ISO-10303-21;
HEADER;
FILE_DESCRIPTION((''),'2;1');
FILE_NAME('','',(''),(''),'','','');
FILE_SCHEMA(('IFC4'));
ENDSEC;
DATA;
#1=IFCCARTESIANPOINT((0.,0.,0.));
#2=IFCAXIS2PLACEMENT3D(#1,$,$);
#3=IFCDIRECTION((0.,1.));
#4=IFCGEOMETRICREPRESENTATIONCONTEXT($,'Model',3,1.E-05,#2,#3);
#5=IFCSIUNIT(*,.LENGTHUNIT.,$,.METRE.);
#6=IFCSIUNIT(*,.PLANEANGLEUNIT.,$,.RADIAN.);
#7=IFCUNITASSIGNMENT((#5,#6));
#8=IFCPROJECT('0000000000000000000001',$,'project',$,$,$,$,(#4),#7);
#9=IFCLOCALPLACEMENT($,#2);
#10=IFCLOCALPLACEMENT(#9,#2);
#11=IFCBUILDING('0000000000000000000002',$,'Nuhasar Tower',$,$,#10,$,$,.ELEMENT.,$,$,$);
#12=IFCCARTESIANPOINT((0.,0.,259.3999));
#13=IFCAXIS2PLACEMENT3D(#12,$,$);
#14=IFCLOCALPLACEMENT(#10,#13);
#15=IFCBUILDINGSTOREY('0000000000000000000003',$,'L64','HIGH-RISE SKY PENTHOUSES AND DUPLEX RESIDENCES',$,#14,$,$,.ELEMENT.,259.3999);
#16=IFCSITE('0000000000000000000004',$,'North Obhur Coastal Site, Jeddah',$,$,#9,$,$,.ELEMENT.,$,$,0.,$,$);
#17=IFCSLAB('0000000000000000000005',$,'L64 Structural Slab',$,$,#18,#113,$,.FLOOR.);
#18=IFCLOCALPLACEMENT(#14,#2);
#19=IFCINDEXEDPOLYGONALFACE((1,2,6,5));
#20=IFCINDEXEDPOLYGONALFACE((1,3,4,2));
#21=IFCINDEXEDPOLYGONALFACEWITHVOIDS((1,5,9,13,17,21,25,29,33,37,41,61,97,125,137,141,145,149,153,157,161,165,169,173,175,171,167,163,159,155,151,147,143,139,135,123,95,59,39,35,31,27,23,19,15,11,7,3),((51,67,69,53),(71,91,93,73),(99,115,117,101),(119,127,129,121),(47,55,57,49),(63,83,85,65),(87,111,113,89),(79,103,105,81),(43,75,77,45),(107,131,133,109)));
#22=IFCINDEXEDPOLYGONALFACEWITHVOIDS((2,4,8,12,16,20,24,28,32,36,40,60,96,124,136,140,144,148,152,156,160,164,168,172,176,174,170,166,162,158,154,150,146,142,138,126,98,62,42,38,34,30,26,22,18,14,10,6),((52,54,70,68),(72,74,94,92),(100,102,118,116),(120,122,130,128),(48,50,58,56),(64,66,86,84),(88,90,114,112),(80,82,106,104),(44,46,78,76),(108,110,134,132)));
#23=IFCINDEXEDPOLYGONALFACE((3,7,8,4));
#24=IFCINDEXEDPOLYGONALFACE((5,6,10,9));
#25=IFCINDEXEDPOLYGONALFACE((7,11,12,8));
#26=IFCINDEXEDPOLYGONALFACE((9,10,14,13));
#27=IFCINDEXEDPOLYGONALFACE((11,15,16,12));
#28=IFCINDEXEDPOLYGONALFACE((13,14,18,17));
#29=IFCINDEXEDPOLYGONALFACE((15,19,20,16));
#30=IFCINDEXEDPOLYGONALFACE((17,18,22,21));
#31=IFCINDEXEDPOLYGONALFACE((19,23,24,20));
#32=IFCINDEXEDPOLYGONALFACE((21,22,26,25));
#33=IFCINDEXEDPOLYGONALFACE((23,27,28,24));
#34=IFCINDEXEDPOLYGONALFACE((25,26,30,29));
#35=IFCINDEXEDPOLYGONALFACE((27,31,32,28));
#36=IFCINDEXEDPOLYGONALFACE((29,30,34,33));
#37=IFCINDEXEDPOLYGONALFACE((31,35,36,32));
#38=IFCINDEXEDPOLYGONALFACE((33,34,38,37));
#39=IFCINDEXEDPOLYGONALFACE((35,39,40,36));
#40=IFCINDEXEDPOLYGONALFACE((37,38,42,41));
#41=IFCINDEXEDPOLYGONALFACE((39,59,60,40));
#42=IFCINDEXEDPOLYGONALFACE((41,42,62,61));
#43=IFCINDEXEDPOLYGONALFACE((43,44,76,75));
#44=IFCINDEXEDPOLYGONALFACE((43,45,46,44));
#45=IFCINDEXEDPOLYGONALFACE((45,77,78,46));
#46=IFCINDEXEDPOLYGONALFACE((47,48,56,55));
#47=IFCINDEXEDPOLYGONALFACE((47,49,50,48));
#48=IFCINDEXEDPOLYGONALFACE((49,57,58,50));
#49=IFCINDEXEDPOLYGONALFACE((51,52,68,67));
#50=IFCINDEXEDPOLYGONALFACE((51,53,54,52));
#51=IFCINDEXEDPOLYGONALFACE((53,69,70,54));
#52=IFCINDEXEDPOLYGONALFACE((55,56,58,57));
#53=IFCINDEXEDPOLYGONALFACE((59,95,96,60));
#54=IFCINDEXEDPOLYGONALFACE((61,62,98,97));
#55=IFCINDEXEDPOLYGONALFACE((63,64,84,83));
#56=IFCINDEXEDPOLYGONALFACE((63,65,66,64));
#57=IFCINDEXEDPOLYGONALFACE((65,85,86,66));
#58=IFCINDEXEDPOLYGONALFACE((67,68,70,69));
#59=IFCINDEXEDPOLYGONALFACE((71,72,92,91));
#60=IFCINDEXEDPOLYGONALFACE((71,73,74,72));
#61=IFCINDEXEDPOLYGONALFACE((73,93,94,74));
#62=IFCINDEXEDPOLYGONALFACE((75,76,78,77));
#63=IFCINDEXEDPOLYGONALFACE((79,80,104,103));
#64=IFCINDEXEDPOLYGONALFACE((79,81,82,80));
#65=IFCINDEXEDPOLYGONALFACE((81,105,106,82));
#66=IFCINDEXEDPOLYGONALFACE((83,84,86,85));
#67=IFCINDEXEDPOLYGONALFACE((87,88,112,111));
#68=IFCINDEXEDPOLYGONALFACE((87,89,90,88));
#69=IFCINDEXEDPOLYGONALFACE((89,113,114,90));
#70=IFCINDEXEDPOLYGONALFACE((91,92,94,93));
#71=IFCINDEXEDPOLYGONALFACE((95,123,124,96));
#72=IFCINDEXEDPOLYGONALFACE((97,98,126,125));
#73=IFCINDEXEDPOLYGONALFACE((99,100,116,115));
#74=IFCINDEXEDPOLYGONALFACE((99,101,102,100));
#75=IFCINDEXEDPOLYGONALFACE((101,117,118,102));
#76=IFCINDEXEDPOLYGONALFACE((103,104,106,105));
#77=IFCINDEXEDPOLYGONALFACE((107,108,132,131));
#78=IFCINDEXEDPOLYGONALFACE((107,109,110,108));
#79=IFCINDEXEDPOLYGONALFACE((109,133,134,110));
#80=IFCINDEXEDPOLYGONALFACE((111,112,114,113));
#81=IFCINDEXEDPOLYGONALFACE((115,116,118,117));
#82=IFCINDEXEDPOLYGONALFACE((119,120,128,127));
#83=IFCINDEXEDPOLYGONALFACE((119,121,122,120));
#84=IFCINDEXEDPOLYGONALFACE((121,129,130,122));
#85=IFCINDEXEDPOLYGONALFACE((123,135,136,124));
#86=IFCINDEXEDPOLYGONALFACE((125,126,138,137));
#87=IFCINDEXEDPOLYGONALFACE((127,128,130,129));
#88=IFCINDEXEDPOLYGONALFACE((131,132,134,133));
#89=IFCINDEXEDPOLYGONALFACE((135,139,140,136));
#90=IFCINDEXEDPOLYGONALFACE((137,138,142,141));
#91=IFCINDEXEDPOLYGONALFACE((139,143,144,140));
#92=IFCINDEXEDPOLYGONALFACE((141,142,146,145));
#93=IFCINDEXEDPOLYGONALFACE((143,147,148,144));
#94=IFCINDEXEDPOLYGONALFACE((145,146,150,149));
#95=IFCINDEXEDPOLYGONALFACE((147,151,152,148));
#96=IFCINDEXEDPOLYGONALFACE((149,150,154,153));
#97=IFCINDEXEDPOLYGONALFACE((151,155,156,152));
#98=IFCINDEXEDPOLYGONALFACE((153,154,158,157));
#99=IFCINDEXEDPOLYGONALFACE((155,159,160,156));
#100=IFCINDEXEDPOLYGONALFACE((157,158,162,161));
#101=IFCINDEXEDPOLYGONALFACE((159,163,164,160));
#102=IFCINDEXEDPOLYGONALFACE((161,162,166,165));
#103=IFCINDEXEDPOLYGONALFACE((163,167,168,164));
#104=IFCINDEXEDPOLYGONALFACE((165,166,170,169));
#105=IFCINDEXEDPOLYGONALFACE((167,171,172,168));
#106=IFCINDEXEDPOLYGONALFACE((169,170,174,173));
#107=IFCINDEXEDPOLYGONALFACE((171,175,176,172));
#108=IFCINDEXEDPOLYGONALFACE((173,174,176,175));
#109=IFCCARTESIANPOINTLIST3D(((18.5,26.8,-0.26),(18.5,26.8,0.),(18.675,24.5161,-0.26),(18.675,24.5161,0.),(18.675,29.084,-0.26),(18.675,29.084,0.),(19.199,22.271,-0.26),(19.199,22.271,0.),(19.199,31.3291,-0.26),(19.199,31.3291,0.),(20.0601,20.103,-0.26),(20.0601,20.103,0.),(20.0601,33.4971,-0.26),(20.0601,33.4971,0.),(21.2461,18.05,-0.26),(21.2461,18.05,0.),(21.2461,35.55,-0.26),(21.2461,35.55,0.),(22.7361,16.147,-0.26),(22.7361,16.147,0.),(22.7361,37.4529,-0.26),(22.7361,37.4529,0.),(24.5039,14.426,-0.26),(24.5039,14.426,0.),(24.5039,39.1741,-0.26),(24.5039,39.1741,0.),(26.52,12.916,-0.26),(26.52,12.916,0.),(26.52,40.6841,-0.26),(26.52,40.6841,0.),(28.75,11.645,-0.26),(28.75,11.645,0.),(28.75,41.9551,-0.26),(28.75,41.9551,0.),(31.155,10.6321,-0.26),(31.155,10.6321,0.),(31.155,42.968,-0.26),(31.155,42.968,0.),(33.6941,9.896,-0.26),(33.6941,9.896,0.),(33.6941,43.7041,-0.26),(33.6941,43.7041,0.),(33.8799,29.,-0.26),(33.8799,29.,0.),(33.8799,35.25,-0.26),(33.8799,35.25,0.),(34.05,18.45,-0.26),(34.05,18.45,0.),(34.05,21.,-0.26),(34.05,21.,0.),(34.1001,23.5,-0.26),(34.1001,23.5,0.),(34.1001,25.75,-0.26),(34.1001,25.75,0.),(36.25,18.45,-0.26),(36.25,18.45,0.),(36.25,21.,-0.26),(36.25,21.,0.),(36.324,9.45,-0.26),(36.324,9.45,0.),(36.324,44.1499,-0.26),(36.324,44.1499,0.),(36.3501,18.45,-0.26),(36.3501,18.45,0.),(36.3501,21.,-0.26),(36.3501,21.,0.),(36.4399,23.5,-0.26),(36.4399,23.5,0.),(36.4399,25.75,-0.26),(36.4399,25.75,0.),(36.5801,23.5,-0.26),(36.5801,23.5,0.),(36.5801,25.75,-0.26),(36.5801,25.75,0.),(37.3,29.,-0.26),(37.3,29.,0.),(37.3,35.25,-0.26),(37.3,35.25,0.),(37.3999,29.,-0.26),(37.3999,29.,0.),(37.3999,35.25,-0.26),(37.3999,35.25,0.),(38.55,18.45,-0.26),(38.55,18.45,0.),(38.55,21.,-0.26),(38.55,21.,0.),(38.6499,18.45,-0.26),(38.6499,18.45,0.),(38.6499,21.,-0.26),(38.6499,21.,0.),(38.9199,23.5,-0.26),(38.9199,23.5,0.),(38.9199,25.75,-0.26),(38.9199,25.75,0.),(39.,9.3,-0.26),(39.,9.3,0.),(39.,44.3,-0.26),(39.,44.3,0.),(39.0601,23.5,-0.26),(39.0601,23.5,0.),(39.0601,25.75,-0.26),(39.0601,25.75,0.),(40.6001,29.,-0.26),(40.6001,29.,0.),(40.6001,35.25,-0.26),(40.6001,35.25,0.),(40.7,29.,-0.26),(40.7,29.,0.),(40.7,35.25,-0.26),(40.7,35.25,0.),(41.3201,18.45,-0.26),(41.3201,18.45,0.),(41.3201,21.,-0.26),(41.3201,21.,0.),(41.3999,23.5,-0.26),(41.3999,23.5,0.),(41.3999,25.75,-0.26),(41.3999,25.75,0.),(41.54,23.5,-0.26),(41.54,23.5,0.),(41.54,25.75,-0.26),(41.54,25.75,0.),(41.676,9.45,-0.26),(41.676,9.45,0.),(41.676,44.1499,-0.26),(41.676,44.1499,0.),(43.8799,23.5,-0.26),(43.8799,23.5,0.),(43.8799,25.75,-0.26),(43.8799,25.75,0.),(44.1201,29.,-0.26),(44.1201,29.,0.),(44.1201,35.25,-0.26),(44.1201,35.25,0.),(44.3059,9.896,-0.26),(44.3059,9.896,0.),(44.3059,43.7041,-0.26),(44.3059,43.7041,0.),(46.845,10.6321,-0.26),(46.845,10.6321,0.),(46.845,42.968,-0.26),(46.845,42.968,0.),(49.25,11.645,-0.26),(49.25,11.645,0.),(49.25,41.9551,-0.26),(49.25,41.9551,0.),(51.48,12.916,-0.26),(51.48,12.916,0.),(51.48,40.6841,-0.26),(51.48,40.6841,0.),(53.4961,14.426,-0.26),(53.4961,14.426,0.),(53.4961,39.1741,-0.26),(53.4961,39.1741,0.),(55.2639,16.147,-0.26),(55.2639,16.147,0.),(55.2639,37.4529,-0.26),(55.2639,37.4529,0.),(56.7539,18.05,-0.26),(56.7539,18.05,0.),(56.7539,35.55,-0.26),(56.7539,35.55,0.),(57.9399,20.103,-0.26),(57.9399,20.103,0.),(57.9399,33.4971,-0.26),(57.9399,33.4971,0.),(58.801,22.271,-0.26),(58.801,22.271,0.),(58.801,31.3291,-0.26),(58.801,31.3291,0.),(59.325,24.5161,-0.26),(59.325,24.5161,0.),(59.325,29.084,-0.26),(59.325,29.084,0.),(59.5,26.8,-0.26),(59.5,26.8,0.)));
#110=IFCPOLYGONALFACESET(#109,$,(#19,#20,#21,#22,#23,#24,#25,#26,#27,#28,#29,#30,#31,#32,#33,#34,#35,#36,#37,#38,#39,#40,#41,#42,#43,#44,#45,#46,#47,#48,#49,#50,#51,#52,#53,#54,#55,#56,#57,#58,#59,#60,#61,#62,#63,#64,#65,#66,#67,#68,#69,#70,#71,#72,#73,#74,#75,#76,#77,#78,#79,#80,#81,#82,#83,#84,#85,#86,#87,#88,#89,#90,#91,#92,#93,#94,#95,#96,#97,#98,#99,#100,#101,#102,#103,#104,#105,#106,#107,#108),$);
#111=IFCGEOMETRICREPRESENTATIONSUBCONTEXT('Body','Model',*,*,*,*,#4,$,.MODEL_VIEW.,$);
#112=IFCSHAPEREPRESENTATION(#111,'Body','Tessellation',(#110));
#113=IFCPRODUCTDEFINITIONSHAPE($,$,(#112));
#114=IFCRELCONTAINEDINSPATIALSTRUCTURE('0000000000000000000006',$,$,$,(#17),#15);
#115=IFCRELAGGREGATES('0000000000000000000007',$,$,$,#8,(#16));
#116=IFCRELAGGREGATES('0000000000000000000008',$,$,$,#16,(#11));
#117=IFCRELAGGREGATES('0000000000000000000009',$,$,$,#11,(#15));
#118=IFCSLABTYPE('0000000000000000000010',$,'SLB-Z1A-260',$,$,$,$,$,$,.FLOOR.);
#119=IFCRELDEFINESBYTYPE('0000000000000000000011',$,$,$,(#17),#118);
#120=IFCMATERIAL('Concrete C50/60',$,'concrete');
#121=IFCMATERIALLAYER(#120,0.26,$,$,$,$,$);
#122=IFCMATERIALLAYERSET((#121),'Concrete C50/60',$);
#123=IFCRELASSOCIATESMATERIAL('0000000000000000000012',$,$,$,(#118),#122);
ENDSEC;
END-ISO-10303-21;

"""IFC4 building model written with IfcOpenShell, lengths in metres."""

from ifc_helpers import new_model, si_unit, direction, frame, origin, place, context, subcontext, project, spatial, polyline, outline, extrude, material, layer, layer_set, type_object, element, save


model = new_model("IFC4")

# Units and contexts
model_context = context("Model", 3, precision=1e-05, world=origin(), true_north=direction((0.0, 1.0)))
body_context = subcontext(model_context, "Body", "Model", "MODEL_VIEW")
ifc_project = project(units=[si_unit("LENGTHUNIT", "METRE"), si_unit("PLANEANGLEUNIT", "RADIAN")], contexts=[model_context])

# Site, building, storey
site_placement = place(None, origin())
site = spatial("IfcSite", under=ifc_project, at=site_placement, Name="North Obhur Coastal Site, Jeddah", CompositionType="ELEMENT", RefElevation=0.0)
building_placement = place(site_placement, origin())
building = spatial("IfcBuilding", under=site, at=building_placement, Name="Nuhasar Tower", CompositionType="ELEMENT")
storey_placement = place(building_placement, frame((0.0, 0.0, 259.3999)))
storey = spatial("IfcBuildingStorey", under=building, at=storey_placement, Name="L64", Description="HIGH-RISE SKY PENTHOUSES AND DUPLEX RESIDENCES", CompositionType="ELEMENT", Elevation=259.3999)

# Shared definitions
ifc_material_1 = material(Name="Concrete C50/60", Category="concrete")

# Slab
ifc_layer_1 = layer(ifc_material_1, 0.26)
ifc_layer_set_1 = layer_set([ifc_layer_1], Name="Concrete C50/60")
slab_type_1 = type_object("IfcSlabType", Name="SLB-Z1A-260", PredefinedType="FLOOR", material=ifc_layer_set_1)
slab_1_placement = place(storey_placement, frame((0.0, 0.0, -0.26)))
element("IfcSlab", 1, at=slab_1_placement, inside=storey, type_object=slab_type_1, Name="L64 Structural Slab", PredefinedType="FLOOR", context=body_context, shape_type="SweptSolid", body=[
    extrude(outline(polyline([(59.5, 26.8), (59.325, 29.084), (58.801, 31.3291), (57.9399, 33.4971), (56.7539, 35.55), (55.2639, 37.4529), (53.4961, 39.1741), (51.48, 40.6841), (49.25, 41.9551), (46.845, 42.968), (44.3059, 43.7041), (41.676, 44.1499), (39.0, 44.3), (36.324, 44.1499), (33.6941, 43.7041), (31.155, 42.968), (28.75, 41.9551), (26.52, 40.6841), (24.5039, 39.1741), (22.7361, 37.4529), (21.2461, 35.55), (20.0601, 33.4971), (19.199, 31.3291), (18.675, 29.084), (18.5, 26.8), (18.675, 24.5161), (19.199, 22.271), (20.0601, 20.103), (21.2461, 18.05), (22.7361, 16.147), (24.5039, 14.426), (26.52, 12.916), (28.75, 11.645), (31.155, 10.6321), (33.6941, 9.896), (36.324, 9.45), (39.0, 9.3), (41.676, 9.45), (44.3059, 9.896), (46.845, 10.6321), (49.25, 11.645), (51.48, 12.916), (53.4961, 14.426), (55.2639, 16.147), (56.7539, 18.05), (57.9399, 20.103), (58.801, 22.271), (59.325, 24.5161), (59.5, 26.8)]), holes=[polyline([(33.8799, 35.25), (37.3, 35.25), (37.3, 29.0), (33.8799, 29.0), (33.8799, 35.25)]), polyline([(37.3999, 35.25), (40.6001, 35.25), (40.6001, 29.0), (37.3999, 29.0), (37.3999, 35.25)]), polyline([(40.7, 35.25), (44.1201, 35.25), (44.1201, 29.0), (40.7, 29.0), (40.7, 35.25)]), polyline([(34.1001, 25.75), (36.4399, 25.75), (36.4399, 23.5), (34.1001, 23.5), (34.1001, 25.75)]), polyline([(36.5801, 25.75), (38.9199, 25.75), (38.9199, 23.5), (36.5801, 23.5), (36.5801, 25.75)]), polyline([(39.0601, 25.75), (41.3999, 25.75), (41.3999, 23.5), (39.0601, 23.5), (39.0601, 25.75)]), polyline([(41.54, 25.75), (43.8799, 25.75), (43.8799, 23.5), (41.54, 23.5), (41.54, 25.75)]), polyline([(34.05, 21.0), (36.25, 21.0), (36.25, 18.45), (34.05, 18.45), (34.05, 21.0)]), polyline([(36.3501, 21.0), (38.55, 21.0), (38.55, 18.45), (36.3501, 18.45), (36.3501, 21.0)]), polyline([(38.6499, 21.0), (41.3201, 21.0), (41.3201, 18.45), (38.6499, 18.45), (38.6499, 21.0)])]), origin(), (0.0, 0.0, 1.0), 0.26),
])

save(model, "model.ifc")
